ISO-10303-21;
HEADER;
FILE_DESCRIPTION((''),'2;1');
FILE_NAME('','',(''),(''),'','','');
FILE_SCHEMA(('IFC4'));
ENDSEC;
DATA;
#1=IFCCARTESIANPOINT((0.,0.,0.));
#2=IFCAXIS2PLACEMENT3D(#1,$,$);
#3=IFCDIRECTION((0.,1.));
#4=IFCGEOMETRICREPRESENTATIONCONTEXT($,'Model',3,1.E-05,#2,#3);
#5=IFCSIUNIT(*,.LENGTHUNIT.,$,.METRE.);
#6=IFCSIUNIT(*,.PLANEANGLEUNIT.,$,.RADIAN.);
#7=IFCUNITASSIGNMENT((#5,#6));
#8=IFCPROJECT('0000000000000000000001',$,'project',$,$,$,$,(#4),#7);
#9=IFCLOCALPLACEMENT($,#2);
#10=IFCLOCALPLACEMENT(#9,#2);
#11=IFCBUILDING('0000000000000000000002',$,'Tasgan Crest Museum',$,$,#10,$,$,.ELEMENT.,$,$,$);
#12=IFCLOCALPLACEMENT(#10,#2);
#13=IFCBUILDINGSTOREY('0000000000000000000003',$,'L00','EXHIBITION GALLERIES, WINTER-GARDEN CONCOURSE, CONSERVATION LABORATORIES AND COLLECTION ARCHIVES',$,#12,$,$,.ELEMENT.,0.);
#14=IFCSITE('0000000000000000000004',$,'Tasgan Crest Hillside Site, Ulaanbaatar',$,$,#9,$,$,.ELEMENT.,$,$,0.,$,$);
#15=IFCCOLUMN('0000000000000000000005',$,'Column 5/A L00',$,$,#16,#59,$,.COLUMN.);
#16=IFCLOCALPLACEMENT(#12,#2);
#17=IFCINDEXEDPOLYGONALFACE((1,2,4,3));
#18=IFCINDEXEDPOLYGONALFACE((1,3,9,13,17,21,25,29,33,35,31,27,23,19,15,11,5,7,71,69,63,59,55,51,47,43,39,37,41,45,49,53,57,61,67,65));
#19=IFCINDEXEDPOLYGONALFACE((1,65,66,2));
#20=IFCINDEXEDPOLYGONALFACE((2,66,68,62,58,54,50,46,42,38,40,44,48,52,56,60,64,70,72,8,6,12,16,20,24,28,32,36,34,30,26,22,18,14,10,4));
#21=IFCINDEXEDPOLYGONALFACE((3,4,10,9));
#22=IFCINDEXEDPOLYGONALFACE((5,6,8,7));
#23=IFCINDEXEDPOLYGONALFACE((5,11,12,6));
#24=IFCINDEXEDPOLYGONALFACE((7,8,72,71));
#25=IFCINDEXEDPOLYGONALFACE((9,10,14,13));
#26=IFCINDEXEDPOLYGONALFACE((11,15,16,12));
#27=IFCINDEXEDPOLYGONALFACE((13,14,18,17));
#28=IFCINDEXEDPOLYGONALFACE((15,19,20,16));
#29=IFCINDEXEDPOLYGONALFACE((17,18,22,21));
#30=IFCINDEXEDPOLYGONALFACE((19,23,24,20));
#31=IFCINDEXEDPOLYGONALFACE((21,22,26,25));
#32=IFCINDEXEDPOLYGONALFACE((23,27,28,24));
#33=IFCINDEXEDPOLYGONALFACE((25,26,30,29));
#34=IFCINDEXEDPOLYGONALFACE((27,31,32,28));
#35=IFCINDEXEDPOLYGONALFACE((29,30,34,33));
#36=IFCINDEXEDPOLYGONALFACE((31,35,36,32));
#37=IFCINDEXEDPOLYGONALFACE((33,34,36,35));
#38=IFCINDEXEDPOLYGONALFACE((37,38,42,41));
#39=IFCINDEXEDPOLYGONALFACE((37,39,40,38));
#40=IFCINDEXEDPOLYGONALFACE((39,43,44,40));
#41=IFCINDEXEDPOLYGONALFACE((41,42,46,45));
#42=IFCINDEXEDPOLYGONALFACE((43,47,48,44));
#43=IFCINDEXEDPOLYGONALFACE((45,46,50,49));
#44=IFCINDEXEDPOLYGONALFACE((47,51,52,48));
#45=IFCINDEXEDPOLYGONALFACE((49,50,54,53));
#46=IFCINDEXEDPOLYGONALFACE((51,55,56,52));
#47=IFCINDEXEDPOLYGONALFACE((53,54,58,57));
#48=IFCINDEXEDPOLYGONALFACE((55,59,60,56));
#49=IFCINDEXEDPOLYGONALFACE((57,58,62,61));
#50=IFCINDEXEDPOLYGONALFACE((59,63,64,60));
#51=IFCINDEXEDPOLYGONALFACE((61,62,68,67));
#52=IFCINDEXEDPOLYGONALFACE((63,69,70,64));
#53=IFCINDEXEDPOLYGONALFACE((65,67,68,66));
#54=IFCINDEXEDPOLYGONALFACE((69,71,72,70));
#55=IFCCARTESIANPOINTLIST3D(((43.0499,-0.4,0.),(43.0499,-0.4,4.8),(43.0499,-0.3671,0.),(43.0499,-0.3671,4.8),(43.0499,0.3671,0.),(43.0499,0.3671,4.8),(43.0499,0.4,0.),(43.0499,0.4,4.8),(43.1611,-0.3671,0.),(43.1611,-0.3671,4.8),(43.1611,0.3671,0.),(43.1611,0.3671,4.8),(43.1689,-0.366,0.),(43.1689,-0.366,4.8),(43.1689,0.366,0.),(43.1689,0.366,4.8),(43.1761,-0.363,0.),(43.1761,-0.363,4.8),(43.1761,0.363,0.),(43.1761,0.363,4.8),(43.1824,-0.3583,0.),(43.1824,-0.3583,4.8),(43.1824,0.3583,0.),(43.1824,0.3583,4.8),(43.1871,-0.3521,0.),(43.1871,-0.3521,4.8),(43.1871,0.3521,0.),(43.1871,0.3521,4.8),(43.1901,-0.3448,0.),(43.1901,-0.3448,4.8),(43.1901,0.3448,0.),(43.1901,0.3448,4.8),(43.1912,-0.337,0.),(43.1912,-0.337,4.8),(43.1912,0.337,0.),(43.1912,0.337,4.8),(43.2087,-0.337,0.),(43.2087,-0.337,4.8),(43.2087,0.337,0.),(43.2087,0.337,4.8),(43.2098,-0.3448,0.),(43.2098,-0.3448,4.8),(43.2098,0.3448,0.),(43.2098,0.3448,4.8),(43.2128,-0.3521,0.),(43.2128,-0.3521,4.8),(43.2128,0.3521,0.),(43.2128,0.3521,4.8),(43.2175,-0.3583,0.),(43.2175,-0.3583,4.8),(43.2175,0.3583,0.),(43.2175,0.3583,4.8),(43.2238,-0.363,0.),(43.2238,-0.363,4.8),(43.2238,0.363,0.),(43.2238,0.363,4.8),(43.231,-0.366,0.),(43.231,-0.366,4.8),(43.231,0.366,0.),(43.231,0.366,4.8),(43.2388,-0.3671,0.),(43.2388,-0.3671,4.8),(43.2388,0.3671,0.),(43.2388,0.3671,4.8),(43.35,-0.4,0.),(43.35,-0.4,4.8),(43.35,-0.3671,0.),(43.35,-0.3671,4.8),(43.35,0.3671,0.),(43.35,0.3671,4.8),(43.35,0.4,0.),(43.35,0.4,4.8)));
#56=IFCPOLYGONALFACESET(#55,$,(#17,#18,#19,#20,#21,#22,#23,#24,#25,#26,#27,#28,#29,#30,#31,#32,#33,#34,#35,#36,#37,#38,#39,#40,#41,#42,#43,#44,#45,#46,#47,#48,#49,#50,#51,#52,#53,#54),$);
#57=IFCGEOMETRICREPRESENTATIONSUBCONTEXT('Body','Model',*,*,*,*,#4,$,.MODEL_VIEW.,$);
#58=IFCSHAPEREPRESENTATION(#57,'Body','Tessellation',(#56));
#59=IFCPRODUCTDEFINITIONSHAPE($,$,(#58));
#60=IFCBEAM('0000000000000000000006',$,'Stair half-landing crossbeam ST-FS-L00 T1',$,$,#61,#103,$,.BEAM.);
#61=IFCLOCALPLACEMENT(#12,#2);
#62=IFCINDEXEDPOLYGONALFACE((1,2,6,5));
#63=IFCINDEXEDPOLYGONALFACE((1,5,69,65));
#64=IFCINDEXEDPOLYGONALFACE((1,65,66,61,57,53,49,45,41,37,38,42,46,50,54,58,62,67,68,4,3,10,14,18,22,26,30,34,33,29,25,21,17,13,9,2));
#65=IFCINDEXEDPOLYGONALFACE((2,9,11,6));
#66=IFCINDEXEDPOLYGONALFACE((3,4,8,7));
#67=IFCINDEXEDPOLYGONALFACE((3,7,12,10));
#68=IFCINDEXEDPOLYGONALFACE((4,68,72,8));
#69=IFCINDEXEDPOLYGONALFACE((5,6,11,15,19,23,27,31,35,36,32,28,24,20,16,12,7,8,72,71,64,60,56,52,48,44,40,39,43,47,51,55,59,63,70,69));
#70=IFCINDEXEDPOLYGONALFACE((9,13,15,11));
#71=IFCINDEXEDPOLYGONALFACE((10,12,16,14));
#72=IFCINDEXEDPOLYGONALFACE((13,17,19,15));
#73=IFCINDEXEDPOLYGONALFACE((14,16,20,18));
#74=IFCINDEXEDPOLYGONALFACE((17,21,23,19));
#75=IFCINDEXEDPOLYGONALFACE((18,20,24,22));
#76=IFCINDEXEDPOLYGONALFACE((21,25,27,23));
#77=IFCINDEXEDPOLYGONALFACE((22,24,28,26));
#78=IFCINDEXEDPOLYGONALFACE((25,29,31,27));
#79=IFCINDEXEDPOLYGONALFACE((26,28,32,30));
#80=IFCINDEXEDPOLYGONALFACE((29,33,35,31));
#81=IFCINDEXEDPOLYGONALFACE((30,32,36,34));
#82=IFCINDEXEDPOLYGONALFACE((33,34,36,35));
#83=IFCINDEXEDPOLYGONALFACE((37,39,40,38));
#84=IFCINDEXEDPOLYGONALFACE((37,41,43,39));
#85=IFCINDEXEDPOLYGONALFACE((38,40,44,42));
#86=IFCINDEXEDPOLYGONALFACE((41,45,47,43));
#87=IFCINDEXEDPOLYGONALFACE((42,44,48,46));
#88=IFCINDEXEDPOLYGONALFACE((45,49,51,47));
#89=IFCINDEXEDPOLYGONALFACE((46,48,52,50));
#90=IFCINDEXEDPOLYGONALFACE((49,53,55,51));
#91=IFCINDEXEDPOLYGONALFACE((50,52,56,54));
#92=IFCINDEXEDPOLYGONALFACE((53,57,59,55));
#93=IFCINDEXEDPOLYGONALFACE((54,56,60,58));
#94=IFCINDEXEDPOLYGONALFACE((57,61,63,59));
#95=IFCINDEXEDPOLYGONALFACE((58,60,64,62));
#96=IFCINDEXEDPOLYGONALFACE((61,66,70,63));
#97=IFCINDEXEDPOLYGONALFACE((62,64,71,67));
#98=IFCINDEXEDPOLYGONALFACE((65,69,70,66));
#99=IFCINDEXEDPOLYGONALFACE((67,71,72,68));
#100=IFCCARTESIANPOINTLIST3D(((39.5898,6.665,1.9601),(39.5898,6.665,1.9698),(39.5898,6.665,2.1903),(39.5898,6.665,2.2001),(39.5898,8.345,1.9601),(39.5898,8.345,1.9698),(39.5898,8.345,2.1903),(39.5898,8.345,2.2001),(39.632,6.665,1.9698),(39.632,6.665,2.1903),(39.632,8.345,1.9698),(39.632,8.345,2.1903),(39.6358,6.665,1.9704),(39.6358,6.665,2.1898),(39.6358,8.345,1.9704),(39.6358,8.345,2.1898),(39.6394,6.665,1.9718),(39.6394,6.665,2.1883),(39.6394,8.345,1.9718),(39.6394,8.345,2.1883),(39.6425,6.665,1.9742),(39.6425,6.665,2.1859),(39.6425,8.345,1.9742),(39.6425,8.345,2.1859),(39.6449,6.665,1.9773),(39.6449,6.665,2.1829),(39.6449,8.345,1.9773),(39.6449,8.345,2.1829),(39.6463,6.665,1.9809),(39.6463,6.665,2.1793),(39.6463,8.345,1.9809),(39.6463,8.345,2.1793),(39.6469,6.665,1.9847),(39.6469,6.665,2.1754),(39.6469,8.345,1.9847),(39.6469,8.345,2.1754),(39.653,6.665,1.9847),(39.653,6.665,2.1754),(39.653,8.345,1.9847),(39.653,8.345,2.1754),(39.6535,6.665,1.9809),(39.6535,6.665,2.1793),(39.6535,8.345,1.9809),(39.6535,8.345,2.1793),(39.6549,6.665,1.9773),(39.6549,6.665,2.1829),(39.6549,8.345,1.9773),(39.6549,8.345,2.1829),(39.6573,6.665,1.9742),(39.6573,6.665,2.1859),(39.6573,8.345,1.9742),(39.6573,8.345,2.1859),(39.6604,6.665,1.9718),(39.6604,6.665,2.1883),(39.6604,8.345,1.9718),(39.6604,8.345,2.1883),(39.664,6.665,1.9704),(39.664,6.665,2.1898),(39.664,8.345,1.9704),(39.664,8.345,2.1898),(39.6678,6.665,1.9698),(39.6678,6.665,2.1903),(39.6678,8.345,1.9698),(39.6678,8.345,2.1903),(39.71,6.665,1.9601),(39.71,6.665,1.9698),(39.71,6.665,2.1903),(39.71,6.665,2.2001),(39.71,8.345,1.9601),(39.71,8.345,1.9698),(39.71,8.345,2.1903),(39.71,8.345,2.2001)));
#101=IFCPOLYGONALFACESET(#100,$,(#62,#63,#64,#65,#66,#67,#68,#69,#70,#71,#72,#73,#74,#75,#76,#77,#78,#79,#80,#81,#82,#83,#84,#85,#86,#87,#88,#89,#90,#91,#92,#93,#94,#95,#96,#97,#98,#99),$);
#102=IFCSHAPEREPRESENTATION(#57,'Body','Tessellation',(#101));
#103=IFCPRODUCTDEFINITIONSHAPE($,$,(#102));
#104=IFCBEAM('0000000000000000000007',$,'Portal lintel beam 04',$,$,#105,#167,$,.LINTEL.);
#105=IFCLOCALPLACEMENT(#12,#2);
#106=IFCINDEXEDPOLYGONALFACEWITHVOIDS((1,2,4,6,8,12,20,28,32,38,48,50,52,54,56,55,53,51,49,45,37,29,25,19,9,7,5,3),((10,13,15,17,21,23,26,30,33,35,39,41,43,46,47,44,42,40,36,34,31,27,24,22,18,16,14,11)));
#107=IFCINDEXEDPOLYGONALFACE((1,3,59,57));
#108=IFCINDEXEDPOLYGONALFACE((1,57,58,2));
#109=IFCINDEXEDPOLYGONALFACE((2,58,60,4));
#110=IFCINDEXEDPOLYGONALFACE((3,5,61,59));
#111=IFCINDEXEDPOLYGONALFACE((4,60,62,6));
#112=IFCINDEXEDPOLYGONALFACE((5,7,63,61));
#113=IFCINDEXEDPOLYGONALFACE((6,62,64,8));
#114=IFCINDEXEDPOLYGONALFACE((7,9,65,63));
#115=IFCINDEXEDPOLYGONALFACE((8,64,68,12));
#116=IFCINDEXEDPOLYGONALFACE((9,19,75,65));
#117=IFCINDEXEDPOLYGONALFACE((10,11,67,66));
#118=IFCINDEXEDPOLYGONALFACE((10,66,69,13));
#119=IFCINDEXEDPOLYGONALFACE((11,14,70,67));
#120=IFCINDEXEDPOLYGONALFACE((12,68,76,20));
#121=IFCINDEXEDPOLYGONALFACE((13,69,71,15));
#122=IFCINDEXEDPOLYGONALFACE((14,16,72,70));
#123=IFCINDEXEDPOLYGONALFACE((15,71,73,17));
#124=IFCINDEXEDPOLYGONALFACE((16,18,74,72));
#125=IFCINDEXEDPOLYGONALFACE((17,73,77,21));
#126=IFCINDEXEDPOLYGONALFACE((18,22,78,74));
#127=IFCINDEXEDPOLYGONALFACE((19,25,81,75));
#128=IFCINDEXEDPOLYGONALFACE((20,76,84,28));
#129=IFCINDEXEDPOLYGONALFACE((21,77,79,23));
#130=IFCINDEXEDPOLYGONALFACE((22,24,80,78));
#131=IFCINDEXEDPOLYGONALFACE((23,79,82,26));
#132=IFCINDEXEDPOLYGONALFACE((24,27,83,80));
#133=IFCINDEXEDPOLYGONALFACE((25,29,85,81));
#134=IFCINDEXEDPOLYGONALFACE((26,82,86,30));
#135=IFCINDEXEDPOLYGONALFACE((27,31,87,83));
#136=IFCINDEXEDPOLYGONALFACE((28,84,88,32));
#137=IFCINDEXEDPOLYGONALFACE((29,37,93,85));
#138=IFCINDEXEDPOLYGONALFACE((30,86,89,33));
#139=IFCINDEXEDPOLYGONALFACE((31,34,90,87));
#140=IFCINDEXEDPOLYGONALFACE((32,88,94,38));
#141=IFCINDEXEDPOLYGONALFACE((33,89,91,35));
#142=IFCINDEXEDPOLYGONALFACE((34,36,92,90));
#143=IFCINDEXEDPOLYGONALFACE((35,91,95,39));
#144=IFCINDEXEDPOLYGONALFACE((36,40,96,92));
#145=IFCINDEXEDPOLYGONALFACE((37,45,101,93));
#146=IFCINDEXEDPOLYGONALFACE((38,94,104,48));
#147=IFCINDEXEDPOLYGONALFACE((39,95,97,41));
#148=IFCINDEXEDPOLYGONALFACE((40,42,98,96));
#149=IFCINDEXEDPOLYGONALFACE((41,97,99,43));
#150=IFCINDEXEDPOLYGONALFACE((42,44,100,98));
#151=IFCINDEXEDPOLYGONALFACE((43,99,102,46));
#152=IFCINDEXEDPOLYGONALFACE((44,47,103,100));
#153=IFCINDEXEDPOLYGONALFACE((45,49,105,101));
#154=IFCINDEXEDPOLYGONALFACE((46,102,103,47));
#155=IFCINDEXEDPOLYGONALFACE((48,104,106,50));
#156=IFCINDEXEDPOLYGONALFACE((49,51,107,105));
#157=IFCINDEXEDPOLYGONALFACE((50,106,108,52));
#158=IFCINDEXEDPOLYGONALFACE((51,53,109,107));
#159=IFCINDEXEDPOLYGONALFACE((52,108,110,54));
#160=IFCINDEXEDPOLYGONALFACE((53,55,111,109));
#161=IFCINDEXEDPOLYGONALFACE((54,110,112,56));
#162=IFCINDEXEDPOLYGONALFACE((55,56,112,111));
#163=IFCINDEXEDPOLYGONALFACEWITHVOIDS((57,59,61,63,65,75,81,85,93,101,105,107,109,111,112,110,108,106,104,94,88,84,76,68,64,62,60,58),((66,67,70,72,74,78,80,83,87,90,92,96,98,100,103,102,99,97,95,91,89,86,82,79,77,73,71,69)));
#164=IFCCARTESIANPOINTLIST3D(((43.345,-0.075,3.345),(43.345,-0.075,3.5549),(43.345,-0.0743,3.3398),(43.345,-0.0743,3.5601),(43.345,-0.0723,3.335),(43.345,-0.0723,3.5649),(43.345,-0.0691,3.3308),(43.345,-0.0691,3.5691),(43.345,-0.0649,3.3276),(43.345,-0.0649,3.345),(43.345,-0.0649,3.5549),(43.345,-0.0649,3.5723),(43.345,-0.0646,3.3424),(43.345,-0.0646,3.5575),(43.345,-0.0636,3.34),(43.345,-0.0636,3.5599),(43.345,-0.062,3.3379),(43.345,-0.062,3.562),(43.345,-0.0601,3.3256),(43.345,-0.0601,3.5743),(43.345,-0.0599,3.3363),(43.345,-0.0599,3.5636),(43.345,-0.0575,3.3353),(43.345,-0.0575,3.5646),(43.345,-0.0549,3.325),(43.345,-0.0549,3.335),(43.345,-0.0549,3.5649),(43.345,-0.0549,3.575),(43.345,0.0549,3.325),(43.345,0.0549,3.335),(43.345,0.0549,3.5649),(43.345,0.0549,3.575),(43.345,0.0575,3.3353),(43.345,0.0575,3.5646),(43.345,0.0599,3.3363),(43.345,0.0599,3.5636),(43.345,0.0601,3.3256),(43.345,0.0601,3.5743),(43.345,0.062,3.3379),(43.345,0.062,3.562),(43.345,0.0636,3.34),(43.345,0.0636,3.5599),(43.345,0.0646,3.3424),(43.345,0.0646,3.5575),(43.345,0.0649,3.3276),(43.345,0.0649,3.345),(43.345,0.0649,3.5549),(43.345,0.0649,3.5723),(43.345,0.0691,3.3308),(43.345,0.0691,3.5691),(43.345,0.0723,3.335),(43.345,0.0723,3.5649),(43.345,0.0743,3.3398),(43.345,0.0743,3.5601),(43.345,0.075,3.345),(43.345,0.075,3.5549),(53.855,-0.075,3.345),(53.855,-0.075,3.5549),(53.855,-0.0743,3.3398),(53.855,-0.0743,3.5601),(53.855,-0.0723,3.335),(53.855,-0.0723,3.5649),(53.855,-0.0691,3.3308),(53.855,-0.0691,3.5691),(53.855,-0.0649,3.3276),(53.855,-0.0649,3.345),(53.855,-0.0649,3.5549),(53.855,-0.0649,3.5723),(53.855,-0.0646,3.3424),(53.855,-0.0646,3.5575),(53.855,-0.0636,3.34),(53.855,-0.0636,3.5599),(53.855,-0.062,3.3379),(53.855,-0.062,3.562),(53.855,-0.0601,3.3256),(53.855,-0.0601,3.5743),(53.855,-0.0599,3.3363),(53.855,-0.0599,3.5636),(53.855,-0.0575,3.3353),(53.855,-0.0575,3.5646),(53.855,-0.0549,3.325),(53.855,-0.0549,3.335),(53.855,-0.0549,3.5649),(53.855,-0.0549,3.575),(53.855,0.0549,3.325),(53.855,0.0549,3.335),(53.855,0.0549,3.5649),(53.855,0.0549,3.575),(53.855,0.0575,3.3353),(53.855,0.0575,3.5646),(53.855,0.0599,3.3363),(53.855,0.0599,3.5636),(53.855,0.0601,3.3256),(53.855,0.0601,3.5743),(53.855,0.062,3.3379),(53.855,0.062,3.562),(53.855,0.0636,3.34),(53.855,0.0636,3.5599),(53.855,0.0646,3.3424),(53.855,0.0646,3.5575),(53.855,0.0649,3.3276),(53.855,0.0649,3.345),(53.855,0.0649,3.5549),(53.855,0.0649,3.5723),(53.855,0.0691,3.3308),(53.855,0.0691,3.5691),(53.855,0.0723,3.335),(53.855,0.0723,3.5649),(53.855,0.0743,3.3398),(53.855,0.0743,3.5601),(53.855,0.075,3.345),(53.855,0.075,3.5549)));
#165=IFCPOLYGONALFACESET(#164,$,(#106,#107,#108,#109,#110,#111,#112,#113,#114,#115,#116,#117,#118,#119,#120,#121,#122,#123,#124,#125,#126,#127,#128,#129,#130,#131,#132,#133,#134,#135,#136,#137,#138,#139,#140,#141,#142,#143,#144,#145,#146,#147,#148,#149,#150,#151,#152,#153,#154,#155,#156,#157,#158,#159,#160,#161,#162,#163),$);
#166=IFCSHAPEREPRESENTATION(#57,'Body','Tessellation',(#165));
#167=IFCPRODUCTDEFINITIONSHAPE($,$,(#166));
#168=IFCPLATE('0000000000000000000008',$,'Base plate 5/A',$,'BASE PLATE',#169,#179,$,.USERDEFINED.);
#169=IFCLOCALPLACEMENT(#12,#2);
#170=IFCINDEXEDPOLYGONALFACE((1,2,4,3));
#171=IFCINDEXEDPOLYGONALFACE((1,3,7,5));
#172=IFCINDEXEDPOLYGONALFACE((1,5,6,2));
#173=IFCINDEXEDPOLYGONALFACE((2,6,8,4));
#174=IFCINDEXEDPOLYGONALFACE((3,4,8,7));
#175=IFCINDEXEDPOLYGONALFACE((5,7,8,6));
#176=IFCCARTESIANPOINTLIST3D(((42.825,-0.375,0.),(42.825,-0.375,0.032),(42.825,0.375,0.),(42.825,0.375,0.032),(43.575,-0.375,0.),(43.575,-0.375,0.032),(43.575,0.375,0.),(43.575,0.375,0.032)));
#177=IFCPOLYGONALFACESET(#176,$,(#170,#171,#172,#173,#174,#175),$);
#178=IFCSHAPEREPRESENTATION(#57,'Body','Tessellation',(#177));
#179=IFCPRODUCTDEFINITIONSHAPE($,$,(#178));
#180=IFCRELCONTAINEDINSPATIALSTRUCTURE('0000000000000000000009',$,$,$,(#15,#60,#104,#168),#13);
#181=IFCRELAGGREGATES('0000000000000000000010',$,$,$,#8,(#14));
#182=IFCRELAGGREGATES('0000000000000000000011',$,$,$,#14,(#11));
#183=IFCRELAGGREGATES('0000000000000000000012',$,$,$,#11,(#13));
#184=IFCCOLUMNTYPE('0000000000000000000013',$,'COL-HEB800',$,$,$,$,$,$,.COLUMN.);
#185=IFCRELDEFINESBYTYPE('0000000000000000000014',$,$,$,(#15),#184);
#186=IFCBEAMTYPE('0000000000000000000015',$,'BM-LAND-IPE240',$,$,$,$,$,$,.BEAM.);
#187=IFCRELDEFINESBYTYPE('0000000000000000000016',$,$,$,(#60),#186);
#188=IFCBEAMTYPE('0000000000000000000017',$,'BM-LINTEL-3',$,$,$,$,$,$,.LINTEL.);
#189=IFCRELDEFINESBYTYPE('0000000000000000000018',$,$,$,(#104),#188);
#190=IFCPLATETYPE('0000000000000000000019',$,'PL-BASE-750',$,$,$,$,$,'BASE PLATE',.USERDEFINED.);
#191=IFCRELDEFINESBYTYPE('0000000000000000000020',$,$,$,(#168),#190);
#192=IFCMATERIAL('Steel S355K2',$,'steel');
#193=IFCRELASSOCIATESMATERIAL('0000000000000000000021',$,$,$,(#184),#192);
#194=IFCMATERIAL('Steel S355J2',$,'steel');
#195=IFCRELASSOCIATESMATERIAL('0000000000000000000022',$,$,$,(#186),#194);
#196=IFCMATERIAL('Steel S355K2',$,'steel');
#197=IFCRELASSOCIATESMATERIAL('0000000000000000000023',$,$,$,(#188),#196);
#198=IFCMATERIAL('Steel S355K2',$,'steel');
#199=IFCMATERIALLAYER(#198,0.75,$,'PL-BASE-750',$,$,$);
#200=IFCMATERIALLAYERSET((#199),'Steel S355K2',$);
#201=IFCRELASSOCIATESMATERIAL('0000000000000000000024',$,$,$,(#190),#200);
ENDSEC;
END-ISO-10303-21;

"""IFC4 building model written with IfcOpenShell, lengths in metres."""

from ifc_helpers import new_model, si_unit, direction, frame, origin, origin_2d, place, context, subcontext, project, spatial, rectangle, hollow_rectangle, i_section, extrude, material, layer, layer_set, material_profile, profile_set, type_object, element, save


model = new_model("IFC4")

# Units and contexts
model_context = context("Model", 3, precision=1e-05, world=origin(), true_north=direction((0.0, 1.0)))
body_context = subcontext(model_context, "Body", "Model", "MODEL_VIEW")
ifc_project = project(units=[si_unit("LENGTHUNIT", "METRE"), si_unit("PLANEANGLEUNIT", "RADIAN")], contexts=[model_context])

# Site, building, storey
site_placement = place(None, origin())
site = spatial("IfcSite", under=ifc_project, at=site_placement, Name="Tasgan Crest Hillside Site, Ulaanbaatar", CompositionType="ELEMENT", RefElevation=0.0)
building_placement = place(site_placement, origin())
building = spatial("IfcBuilding", under=site, at=building_placement, Name="Tasgan Crest Museum", CompositionType="ELEMENT")
storey_placement = place(building_placement, origin())
storey = spatial("IfcBuildingStorey", under=building, at=storey_placement, Name="L00", Description="EXHIBITION GALLERIES, WINTER-GARDEN CONCOURSE, CONSERVATION LABORATORIES AND COLLECTION ARCHIVES", CompositionType="ELEMENT", Elevation=0.0)

# Column
ifc_material_1 = material(Name="Steel S355K2", Category="steel")
ifc_material_profile_1 = material_profile(ifc_material_1, i_section(OverallWidth=0.3, OverallDepth=0.8, WebThickness=0.0176, FlangeThickness=0.033, FilletRadius=0.03, at=origin_2d()), Name="HEB 800")
ifc_profile_set_1 = profile_set([ifc_material_profile_1], Name="Steel S355K2")
column_type = type_object("IfcColumnType", Name="COL-HEB800", PredefinedType="COLUMN", material=ifc_profile_set_1)
column_placement = place(storey_placement, frame((43.2, 0.0, 0.0), z_axis=(0.0, 0.0, 1.0), x_axis=(1.0, 0.0, 0.0)))
element("IfcColumn", 1, at=column_placement, inside=storey, type_object=column_type, Name="Column 5/A L00", PredefinedType="COLUMN", context=body_context, shape_type="SweptSolid", body=[
    extrude(i_section(OverallWidth=0.3, OverallDepth=0.8, WebThickness=0.0176, FlangeThickness=0.033, FilletRadius=0.03, at=origin_2d()), origin(), (0.0, 0.0, 1.0), 4.8),
])

# Beams
ifc_material_2 = material(Name="Steel S355J2", Category="steel")
ifc_material_profile_2 = material_profile(ifc_material_2, i_section(OverallWidth=0.1201, OverallDepth=0.24, WebThickness=0.0061, FlangeThickness=0.0098, FilletRadius=0.0149, at=origin_2d()), Name="IPE 240")
ifc_profile_set_2 = profile_set([ifc_material_profile_2], Name="Steel S355J2")
beam_type_1 = type_object("IfcBeamType", Name="BM-LAND-IPE240", PredefinedType="BEAM", material=ifc_profile_set_2)
beam_1_placement = place(storey_placement, frame((39.6499, 6.665, 2.0801), z_axis=(0.0, 1.0, 0.0), x_axis=(-1.0, 0.0, 0.0)))
element("IfcBeam", 2, at=beam_1_placement, inside=storey, type_object=beam_type_1, Name="Stair half-landing crossbeam ST-FS-L00 T1", PredefinedType="BEAM", context=body_context, shape_type="SweptSolid", body=[
    extrude(i_section(OverallWidth=0.1201, OverallDepth=0.24, WebThickness=0.0061, FlangeThickness=0.0098, FilletRadius=0.0149, at=origin_2d()), origin(), (0.0, 0.0, 1.0), 1.6799),
])
ifc_material_3 = material(Name="Steel S355K2", Category="steel")
ifc_material_profile_3 = material_profile(ifc_material_3, hollow_rectangle(XDim=0.1499, YDim=0.25, WallThickness=0.01, InnerFilletRadius=0.01, OuterFilletRadius=0.02, at=origin_2d()), Name="RHS 250x150x10")
ifc_profile_set_3 = profile_set([ifc_material_profile_3], Name="Steel S355K2")
beam_type_2 = type_object("IfcBeamType", Name="BM-LINTEL-3", PredefinedType="LINTEL", material=ifc_profile_set_3)
beam_2_placement = place(storey_placement, frame((43.345, 0.0, 3.45), z_axis=(1.0, 0.0, 0.0), x_axis=(0.0, 1.0, 0.0)))
element("IfcBeam", 3, at=beam_2_placement, inside=storey, type_object=beam_type_2, Name="Portal lintel beam 04", PredefinedType="LINTEL", context=body_context, shape_type="SweptSolid", body=[
    extrude(hollow_rectangle(XDim=0.1499, YDim=0.25, WallThickness=0.01, InnerFilletRadius=0.01, OuterFilletRadius=0.02, at=origin_2d()), origin(), (0.0, 0.0, 1.0), 10.51),
])

# Plate
ifc_material_4 = material(Name="Steel S355K2", Category="steel")
ifc_layer_1 = layer(ifc_material_4, 0.75, Name="PL-BASE-750")
ifc_layer_set_1 = layer_set([ifc_layer_1], Name="Steel S355K2")
plate_type_1 = type_object("IfcPlateType", Name="PL-BASE-750", ElementType="BASE PLATE", PredefinedType="USERDEFINED", material=ifc_layer_set_1)
plate_1_placement = place(storey_placement, frame((43.2, 0.0, 0.0), z_axis=(0.0, 0.0, 1.0), x_axis=(1.0, 0.0, 0.0)))
element("IfcPlate", 4, at=plate_1_placement, inside=storey, type_object=plate_type_1, Name="Base plate 5/A", ObjectType="BASE PLATE", PredefinedType="USERDEFINED", context=body_context, shape_type="SweptSolid", body=[
    extrude(rectangle(XDim=0.75, YDim=0.75, at=origin_2d()), origin(), (0.0, 0.0, 1.0), 0.032),
])

save(model, "model.ifc")
